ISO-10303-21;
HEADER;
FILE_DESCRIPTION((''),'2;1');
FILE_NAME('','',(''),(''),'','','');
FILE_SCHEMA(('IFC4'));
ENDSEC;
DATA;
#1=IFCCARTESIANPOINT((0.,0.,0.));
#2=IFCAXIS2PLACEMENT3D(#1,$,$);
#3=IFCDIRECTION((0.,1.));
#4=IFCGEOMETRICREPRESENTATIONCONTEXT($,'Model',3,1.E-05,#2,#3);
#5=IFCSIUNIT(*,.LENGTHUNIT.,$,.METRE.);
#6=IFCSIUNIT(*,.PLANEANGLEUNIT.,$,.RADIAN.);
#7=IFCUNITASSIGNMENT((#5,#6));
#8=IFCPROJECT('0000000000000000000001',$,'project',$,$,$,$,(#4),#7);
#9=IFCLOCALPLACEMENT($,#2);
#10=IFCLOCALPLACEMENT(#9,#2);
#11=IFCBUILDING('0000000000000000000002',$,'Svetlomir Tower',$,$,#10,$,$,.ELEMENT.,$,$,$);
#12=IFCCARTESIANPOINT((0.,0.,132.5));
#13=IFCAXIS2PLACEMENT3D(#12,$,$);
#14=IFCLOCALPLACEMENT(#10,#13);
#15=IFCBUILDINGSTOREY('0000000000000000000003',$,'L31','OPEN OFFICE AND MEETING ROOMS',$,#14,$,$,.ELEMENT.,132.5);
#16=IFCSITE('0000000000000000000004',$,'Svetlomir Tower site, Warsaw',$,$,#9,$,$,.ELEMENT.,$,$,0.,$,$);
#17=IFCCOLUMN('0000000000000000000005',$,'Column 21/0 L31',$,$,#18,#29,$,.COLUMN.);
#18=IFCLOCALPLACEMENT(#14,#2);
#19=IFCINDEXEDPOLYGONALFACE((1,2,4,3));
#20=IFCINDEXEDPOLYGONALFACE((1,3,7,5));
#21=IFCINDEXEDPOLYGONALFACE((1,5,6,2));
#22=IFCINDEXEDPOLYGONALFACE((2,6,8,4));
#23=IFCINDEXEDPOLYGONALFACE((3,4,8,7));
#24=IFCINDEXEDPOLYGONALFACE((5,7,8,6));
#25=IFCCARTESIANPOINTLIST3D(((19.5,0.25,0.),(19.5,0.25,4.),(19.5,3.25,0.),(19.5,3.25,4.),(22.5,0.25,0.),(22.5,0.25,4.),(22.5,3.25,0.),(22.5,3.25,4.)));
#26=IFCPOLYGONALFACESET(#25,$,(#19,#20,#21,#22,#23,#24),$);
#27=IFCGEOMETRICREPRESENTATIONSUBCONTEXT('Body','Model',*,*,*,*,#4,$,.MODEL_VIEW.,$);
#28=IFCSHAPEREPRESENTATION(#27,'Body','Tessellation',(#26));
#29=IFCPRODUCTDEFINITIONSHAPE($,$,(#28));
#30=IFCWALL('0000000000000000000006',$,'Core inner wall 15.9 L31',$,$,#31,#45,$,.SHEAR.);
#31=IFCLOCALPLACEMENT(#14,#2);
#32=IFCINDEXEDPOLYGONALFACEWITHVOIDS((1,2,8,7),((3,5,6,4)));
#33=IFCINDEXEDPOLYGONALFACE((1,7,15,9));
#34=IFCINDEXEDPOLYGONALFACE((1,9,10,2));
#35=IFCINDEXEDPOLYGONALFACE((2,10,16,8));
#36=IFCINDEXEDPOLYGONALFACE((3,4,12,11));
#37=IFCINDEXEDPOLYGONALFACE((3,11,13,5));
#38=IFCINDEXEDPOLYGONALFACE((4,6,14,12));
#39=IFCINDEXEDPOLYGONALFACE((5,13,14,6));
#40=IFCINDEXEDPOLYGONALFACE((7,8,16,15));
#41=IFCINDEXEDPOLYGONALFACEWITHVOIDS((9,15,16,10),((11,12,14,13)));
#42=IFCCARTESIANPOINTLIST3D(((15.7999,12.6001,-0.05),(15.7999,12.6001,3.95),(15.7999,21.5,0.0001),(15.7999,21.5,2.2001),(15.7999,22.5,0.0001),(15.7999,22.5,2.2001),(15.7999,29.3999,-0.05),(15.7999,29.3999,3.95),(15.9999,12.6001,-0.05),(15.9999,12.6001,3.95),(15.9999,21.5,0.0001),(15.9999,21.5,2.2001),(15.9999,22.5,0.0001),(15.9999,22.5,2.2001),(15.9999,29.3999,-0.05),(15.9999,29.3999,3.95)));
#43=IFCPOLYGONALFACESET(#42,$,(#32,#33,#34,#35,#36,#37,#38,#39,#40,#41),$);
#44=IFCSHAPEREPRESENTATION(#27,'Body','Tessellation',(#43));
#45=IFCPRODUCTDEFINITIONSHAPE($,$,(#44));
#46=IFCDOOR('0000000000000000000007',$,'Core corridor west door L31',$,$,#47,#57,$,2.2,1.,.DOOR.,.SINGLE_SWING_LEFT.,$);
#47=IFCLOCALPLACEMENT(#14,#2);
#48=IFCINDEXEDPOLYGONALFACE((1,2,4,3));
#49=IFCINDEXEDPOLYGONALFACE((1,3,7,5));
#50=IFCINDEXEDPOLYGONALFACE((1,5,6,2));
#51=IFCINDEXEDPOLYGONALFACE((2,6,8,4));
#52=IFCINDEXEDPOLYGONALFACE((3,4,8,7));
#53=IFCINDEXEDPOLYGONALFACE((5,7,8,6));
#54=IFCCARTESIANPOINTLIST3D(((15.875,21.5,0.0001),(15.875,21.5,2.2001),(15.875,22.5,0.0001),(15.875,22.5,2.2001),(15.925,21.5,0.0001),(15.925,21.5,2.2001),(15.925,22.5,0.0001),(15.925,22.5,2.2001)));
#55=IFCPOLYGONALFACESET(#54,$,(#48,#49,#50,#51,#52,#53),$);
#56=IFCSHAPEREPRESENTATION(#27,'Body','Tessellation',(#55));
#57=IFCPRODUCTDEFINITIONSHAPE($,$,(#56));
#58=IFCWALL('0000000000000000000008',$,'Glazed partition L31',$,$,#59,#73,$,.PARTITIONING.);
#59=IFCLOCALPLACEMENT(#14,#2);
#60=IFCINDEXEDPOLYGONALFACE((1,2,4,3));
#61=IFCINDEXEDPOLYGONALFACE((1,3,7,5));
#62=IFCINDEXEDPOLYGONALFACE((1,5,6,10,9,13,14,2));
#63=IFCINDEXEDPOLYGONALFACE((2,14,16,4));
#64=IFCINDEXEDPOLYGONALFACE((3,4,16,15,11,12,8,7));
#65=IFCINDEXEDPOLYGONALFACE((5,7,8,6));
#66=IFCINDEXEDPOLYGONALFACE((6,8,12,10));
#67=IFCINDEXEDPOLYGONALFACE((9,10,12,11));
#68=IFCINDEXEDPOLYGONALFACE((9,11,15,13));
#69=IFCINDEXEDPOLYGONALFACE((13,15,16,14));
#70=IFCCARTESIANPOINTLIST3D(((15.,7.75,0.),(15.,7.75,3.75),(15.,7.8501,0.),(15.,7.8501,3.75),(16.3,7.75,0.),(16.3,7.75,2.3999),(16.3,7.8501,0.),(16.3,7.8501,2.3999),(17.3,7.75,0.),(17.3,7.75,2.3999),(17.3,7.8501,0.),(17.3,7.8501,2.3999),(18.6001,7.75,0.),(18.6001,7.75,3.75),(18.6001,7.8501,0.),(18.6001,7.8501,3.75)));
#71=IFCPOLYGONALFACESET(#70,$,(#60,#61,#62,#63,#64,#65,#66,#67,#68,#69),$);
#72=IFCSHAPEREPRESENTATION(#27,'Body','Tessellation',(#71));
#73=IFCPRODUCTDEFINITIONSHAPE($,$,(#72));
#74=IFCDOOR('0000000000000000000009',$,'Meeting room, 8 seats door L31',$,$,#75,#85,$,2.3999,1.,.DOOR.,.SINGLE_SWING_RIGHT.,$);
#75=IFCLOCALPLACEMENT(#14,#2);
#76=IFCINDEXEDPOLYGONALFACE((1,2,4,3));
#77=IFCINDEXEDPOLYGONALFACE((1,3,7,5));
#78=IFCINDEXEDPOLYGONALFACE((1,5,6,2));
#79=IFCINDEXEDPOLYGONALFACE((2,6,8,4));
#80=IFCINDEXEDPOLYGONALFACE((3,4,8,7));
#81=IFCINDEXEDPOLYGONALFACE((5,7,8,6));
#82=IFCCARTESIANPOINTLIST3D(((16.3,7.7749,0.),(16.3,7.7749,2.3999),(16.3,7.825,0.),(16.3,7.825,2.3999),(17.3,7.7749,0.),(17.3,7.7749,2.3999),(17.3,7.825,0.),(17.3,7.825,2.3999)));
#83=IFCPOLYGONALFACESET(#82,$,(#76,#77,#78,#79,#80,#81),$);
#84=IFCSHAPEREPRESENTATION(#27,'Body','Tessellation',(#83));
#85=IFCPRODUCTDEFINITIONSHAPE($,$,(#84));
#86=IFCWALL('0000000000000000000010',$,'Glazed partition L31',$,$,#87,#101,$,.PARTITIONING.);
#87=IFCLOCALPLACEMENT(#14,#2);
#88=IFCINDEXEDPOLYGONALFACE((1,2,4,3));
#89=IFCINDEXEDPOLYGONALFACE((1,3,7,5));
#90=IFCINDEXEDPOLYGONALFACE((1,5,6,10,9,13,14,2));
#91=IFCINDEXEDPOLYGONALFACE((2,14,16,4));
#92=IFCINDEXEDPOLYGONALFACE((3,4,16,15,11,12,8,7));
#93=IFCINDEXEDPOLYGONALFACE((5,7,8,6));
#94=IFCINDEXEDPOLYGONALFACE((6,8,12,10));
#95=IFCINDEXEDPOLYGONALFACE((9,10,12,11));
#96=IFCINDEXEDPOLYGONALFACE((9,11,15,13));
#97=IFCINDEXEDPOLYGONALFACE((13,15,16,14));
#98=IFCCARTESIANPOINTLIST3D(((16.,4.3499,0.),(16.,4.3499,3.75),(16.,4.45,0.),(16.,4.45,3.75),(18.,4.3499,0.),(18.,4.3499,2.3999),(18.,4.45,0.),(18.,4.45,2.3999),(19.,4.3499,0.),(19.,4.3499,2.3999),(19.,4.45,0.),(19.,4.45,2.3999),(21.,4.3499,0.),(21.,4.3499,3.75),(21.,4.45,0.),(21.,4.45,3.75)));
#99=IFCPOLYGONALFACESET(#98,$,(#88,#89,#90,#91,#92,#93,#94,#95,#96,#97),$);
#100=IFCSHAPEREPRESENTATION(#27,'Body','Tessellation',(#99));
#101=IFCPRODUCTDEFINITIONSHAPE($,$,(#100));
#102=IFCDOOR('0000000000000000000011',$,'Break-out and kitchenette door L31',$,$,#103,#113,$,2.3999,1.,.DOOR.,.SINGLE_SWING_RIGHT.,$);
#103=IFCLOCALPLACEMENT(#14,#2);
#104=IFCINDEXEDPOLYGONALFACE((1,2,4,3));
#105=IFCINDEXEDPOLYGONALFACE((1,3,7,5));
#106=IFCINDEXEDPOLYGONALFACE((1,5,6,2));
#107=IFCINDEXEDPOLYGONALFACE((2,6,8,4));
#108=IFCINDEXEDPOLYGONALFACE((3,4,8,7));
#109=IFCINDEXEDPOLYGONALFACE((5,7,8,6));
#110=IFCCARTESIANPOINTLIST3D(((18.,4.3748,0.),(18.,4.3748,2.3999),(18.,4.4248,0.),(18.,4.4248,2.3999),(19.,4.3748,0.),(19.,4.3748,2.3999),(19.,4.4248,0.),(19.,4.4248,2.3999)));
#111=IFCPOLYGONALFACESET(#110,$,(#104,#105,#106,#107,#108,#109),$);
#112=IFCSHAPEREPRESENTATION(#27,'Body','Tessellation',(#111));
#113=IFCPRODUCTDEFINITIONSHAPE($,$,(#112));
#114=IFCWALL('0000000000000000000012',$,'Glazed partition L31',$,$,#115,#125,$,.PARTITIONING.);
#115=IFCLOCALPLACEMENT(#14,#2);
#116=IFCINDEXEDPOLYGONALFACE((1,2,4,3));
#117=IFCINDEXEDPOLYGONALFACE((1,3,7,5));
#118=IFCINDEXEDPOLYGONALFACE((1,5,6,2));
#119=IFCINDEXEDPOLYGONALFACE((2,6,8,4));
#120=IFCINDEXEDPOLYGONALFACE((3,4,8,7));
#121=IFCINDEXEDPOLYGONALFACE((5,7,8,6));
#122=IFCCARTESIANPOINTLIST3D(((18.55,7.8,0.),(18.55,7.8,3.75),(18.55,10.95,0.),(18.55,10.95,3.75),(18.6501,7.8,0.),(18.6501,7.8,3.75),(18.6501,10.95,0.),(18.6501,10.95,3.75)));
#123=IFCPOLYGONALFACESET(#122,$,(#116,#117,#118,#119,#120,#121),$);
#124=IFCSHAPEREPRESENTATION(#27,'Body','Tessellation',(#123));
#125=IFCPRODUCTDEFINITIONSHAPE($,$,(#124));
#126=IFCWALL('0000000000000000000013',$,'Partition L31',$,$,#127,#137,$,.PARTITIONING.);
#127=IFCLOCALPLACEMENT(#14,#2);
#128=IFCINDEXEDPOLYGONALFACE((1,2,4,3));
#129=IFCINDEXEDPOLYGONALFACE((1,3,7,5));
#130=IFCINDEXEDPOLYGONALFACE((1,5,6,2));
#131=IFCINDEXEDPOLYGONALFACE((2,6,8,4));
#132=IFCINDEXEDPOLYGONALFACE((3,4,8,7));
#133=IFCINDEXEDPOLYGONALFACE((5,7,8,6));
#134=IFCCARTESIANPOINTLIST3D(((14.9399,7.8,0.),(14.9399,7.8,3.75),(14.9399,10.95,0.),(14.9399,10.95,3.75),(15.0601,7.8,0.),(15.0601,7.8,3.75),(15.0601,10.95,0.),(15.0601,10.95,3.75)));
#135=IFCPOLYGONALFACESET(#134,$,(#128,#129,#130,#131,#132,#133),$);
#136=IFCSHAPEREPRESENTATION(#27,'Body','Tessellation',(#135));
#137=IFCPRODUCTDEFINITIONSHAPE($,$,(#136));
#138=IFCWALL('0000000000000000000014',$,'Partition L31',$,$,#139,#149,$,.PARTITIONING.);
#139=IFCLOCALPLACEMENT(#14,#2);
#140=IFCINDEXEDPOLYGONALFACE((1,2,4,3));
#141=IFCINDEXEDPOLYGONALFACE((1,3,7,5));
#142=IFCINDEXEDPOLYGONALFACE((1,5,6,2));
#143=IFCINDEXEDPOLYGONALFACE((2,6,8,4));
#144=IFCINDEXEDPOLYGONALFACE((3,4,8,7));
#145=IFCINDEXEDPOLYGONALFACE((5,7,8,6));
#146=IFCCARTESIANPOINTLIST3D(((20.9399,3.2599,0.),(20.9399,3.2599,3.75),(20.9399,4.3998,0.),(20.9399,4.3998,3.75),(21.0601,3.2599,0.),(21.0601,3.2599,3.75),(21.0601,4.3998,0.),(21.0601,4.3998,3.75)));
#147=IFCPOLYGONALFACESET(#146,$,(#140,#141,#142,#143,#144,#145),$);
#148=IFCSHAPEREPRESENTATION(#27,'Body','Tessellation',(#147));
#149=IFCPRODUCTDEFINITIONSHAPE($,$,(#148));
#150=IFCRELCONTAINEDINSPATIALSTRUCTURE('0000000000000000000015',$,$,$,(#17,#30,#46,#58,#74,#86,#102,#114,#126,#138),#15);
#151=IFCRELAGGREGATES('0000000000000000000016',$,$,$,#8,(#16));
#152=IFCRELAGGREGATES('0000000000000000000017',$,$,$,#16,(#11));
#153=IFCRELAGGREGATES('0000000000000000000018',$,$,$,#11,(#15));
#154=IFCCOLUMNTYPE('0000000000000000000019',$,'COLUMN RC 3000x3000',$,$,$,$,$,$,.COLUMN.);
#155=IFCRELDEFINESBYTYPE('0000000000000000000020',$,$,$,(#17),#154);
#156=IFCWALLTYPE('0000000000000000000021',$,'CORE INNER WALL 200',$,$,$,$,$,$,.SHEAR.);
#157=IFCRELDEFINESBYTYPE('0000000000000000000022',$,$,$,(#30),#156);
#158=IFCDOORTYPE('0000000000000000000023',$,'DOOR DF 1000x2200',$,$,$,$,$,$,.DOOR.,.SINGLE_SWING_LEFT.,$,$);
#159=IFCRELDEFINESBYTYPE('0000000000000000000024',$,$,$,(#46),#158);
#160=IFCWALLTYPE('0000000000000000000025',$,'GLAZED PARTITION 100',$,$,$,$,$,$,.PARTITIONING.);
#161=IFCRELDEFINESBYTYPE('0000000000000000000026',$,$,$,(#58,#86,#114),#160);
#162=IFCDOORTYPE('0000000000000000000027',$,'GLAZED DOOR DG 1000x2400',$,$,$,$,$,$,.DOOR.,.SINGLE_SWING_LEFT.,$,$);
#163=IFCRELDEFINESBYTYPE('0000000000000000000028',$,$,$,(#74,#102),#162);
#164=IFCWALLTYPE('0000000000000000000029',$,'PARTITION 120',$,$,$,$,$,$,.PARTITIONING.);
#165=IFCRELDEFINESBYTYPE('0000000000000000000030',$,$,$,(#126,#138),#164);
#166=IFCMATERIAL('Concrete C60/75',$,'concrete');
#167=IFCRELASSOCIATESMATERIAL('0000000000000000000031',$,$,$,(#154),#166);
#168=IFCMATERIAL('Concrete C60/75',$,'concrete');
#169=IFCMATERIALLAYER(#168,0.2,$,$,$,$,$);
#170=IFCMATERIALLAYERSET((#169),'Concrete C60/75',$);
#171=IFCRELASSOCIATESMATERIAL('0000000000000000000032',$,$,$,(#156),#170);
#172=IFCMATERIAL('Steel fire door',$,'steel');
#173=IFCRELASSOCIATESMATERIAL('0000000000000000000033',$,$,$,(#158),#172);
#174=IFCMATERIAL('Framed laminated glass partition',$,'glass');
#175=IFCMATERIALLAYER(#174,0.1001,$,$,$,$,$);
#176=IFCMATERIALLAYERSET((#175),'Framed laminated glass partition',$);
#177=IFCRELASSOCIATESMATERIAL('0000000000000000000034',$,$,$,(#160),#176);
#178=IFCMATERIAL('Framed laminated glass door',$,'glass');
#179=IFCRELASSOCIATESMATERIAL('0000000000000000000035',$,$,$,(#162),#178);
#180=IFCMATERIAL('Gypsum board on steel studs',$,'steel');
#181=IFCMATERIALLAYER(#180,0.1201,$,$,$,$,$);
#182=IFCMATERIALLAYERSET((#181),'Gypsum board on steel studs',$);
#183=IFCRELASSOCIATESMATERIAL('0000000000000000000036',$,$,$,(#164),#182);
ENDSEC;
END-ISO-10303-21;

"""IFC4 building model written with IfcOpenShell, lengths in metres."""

from ifc_helpers import new_model, si_unit, direction, frame, frame_2d, origin, origin_2d, place, context, subcontext, project, spatial, rectangle, extrude, material, layer, layer_set, material_profile, profile_set, type_object, element, fill, save


model = new_model("IFC4")

# Units and contexts
model_context = context("Model", 3, precision=1e-05, world=origin(), true_north=direction((0.0, 1.0)))
body_context = subcontext(model_context, "Body", "Model", "MODEL_VIEW")
ifc_project = project(units=[si_unit("LENGTHUNIT", "METRE"), si_unit("PLANEANGLEUNIT", "RADIAN")], contexts=[model_context])

# Site, building, storey
site_placement = place(None, origin())
site = spatial("IfcSite", under=ifc_project, at=site_placement, Name="Svetlomir Tower site, Warsaw", CompositionType="ELEMENT", RefElevation=0.0)
building_placement = place(site_placement, origin())
building = spatial("IfcBuilding", under=site, at=building_placement, Name="Svetlomir Tower", CompositionType="ELEMENT")
storey_placement = place(building_placement, frame((0.0, 0.0, 132.5)))
storey = spatial("IfcBuildingStorey", under=building, at=storey_placement, Name="L31", Description="OPEN OFFICE AND MEETING ROOMS", CompositionType="ELEMENT", Elevation=132.5)

# Column
ifc_material_1 = material(Name="Concrete C60/75", Category="concrete")
ifc_material_profile = material_profile(ifc_material_1, rectangle(XDim=3.0, YDim=3.0, at=origin_2d()), Name="RC 3000x3000")
ifc_profile_set = profile_set([ifc_material_profile], Name="Concrete C60/75")
column_type = type_object("IfcColumnType", Name="COLUMN RC 3000x3000", PredefinedType="COLUMN", material=ifc_profile_set)
column_placement = place(storey_placement, frame((21.0, 1.75, 0.0), z_axis=(0.0, 0.0, 1.0), x_axis=(1.0, 0.0, 0.0)))
element("IfcColumn", 1, at=column_placement, inside=storey, type_object=column_type, Name="Column 21/0 L31", PredefinedType="COLUMN", context=body_context, shape_type="SweptSolid", body=[
    extrude(rectangle(XDim=3.0, YDim=3.0, at=origin_2d()), origin(), (0.0, 0.0, 1.0), 4.0),
])

# Walls, openings, doors
ifc_material_2 = material(Name="Concrete C60/75", Category="concrete")
ifc_layer_1 = layer(ifc_material_2, 0.2)
ifc_layer_set_1 = layer_set([ifc_layer_1], Name="Concrete C60/75")
wall_type_1 = type_object("IfcWallType", Name="CORE INNER WALL 200", PredefinedType="SHEAR", material=ifc_layer_set_1)
wall_1_placement = place(storey_placement, frame((15.8999, 12.6001, -0.05), z_axis=(0.0, 0.0, 1.0), x_axis=(0.0, 1.0, 0.0)))
wall_1 = element("IfcWall", 2, at=wall_1_placement, inside=storey, type_object=wall_type_1, Name="Core inner wall 15.9 L31", PredefinedType="SHEAR", context=body_context, shape_type="SweptSolid", body=[
    extrude(rectangle(XDim=16.7998, YDim=0.2, at=frame_2d((8.3999, 0.0))), origin(), (0.0, 0.0, 1.0), 4.0),
])
opening_1_placement = place(wall_1_placement, frame((8.8999, 0.0, 0.05)))
opening_1 = element("IfcOpeningElement", 3, at=opening_1_placement, cuts=wall_1, PredefinedType="OPENING", context=body_context, shape_type="SweptSolid", body=[
    extrude(rectangle(XDim=1.0, YDim=2.2, at=frame_2d((0.5, 1.1001))), frame((0.0, 0.1099, 0.0), z_axis=(0.0, -1.0, 0.0), x_axis=(1.0, 0.0, 0.0)), (0.0, 0.0, 1.0), 0.22),
])
ifc_material_3 = material(Name="Steel fire door", Category="steel")
door_type_1 = type_object("IfcDoorType", Name="DOOR DF 1000x2200", OperationType="SINGLE_SWING_LEFT", PredefinedType="DOOR", material=ifc_material_3)
door_1_placement = place(opening_1_placement, origin())
door_1 = element("IfcDoor", 4, at=door_1_placement, inside=storey, type_object=door_type_1, Name="Core corridor west door L31", OperationType="SINGLE_SWING_LEFT", OverallHeight=2.2, OverallWidth=1.0, PredefinedType="DOOR", context=body_context, shape_type="SweptSolid", body=[
    extrude(rectangle(XDim=1.0, YDim=2.2, at=frame_2d((0.5, 1.1001))), frame((0.0, 0.0249, 0.0), z_axis=(0.0, -1.0, 0.0), x_axis=(1.0, 0.0, 0.0)), (0.0, 0.0, 1.0), 0.05),
])
fill(opening_1, door_1)
ifc_material_4 = material(Name="Framed laminated glass partition", Category="glass")
ifc_layer_2 = layer(ifc_material_4, 0.1001)
ifc_layer_set_2 = layer_set([ifc_layer_2], Name="Framed laminated glass partition")
wall_type_2 = type_object("IfcWallType", Name="GLAZED PARTITION 100", PredefinedType="PARTITIONING", material=ifc_layer_set_2)
wall_2_placement = place(storey_placement, frame((15.0, 7.8, 0.0), z_axis=(0.0, 0.0, 1.0), x_axis=(1.0, 0.0, 0.0)))
wall_2 = element("IfcWall", 5, at=wall_2_placement, inside=storey, type_object=wall_type_2, Name="Glazed partition L31", PredefinedType="PARTITIONING", context=body_context, shape_type="SweptSolid", body=[
    extrude(rectangle(XDim=3.6001, YDim=0.1001, at=frame_2d((1.8, 0.0))), origin(), (0.0, 0.0, 1.0), 3.75),
])
opening_2_placement = place(wall_2_placement, frame((1.3, 0.0, 0.0)))
opening_2 = element("IfcOpeningElement", 6, at=opening_2_placement, cuts=wall_2, PredefinedType="OPENING", context=body_context, shape_type="SweptSolid", body=[
    extrude(rectangle(XDim=1.0, YDim=2.3999, at=frame_2d((0.5, 1.2))), frame((0.0, 0.0601, 0.0), z_axis=(0.0, -1.0, 0.0), x_axis=(1.0, 0.0, 0.0)), (0.0, 0.0, 1.0), 0.1201),
])
ifc_material_5 = material(Name="Framed laminated glass door", Category="glass")
door_type_2 = type_object("IfcDoorType", Name="GLAZED DOOR DG 1000x2400", OperationType="SINGLE_SWING_LEFT", PredefinedType="DOOR", material=ifc_material_5)
door_2_placement = place(opening_2_placement, origin())
door_2 = element("IfcDoor", 7, at=door_2_placement, inside=storey, type_object=door_type_2, Name="Meeting room, 8 seats door L31", OperationType="SINGLE_SWING_RIGHT", OverallHeight=2.3999, OverallWidth=1.0, PredefinedType="DOOR", context=body_context, shape_type="SweptSolid", body=[
    extrude(rectangle(XDim=1.0, YDim=2.3999, at=frame_2d((0.5, 1.2))), frame((0.0, 0.0249, 0.0), z_axis=(0.0, -1.0, 0.0), x_axis=(1.0, 0.0, 0.0)), (0.0, 0.0, 1.0), 0.05),
])
fill(opening_2, door_2)
wall_3_placement = place(storey_placement, frame((16.0, 4.3999, 0.0), z_axis=(0.0, 0.0, 1.0), x_axis=(1.0, 0.0, 0.0)))
wall_3 = element("IfcWall", 8, at=wall_3_placement, inside=storey, type_object=wall_type_2, Name="Glazed partition L31", PredefinedType="PARTITIONING", context=body_context, shape_type="SweptSolid", body=[
    extrude(rectangle(XDim=5.0, YDim=0.1001, at=frame_2d((2.5, 0.0))), origin(), (0.0, 0.0, 1.0), 3.75),
])
opening_3_placement = place(wall_3_placement, frame((2.0, 0.0, 0.0)))
opening_3 = element("IfcOpeningElement", 9, at=opening_3_placement, cuts=wall_3, PredefinedType="OPENING", context=body_context, shape_type="SweptSolid", body=[
    extrude(rectangle(XDim=1.0, YDim=2.3999, at=frame_2d((0.5, 1.2))), frame((0.0, 0.0601, 0.0), z_axis=(0.0, -1.0, 0.0), x_axis=(1.0, 0.0, 0.0)), (0.0, 0.0, 1.0), 0.1201),
])
door_3_placement = place(opening_3_placement, origin())
door_3 = element("IfcDoor", 10, at=door_3_placement, inside=storey, type_object=door_type_2, Name="Break-out and kitchenette door L31", OperationType="SINGLE_SWING_RIGHT", OverallHeight=2.3999, OverallWidth=1.0, PredefinedType="DOOR", context=body_context, shape_type="SweptSolid", body=[
    extrude(rectangle(XDim=1.0, YDim=2.3999, at=frame_2d((0.5, 1.2))), frame((0.0, 0.0249, 0.0), z_axis=(0.0, -1.0, 0.0), x_axis=(1.0, 0.0, 0.0)), (0.0, 0.0, 1.0), 0.05),
])
fill(opening_3, door_3)

# Walls
wall_4_placement = place(storey_placement, frame((18.6001, 7.8, 0.0), z_axis=(0.0, 0.0, 1.0), x_axis=(0.0, 1.0, 0.0)))
element("IfcWall", 11, at=wall_4_placement, inside=storey, type_object=wall_type_2, Name="Glazed partition L31", PredefinedType="PARTITIONING", context=body_context, shape_type="SweptSolid", body=[
    extrude(rectangle(XDim=3.1499, YDim=0.1001, at=frame_2d((1.575, 0.0))), origin(), (0.0, 0.0, 1.0), 3.75),
])
ifc_material_6 = material(Name="Gypsum board on steel studs", Category="steel")
ifc_layer_3 = layer(ifc_material_6, 0.1201)
ifc_layer_set_3 = layer_set([ifc_layer_3], Name="Gypsum board on steel studs")
wall_type_3 = type_object("IfcWallType", Name="PARTITION 120", PredefinedType="PARTITIONING", material=ifc_layer_set_3)
wall_5_placement = place(storey_placement, frame((15.0, 7.8, 0.0), z_axis=(0.0, 0.0, 1.0), x_axis=(0.0, 1.0, 0.0)))
element("IfcWall", 12, at=wall_5_placement, inside=storey, type_object=wall_type_3, Name="Partition L31", PredefinedType="PARTITIONING", context=body_context, shape_type="SweptSolid", body=[
    extrude(rectangle(XDim=3.1499, YDim=0.1201, at=frame_2d((1.575, 0.0))), origin(), (0.0, 0.0, 1.0), 3.75),
])
wall_6_placement = place(storey_placement, frame((21.0, 3.26, 0.0), z_axis=(0.0, 0.0, 1.0), x_axis=(0.0, 1.0, 0.0)))
element("IfcWall", 13, at=wall_6_placement, inside=storey, type_object=wall_type_3, Name="Partition L31", PredefinedType="PARTITIONING", context=body_context, shape_type="SweptSolid", body=[
    extrude(rectangle(XDim=1.1399, YDim=0.1201, at=frame_2d((0.5698, 0.0))), origin(), (0.0, 0.0, 1.0), 3.75),
])

save(model, "model.ifc")
